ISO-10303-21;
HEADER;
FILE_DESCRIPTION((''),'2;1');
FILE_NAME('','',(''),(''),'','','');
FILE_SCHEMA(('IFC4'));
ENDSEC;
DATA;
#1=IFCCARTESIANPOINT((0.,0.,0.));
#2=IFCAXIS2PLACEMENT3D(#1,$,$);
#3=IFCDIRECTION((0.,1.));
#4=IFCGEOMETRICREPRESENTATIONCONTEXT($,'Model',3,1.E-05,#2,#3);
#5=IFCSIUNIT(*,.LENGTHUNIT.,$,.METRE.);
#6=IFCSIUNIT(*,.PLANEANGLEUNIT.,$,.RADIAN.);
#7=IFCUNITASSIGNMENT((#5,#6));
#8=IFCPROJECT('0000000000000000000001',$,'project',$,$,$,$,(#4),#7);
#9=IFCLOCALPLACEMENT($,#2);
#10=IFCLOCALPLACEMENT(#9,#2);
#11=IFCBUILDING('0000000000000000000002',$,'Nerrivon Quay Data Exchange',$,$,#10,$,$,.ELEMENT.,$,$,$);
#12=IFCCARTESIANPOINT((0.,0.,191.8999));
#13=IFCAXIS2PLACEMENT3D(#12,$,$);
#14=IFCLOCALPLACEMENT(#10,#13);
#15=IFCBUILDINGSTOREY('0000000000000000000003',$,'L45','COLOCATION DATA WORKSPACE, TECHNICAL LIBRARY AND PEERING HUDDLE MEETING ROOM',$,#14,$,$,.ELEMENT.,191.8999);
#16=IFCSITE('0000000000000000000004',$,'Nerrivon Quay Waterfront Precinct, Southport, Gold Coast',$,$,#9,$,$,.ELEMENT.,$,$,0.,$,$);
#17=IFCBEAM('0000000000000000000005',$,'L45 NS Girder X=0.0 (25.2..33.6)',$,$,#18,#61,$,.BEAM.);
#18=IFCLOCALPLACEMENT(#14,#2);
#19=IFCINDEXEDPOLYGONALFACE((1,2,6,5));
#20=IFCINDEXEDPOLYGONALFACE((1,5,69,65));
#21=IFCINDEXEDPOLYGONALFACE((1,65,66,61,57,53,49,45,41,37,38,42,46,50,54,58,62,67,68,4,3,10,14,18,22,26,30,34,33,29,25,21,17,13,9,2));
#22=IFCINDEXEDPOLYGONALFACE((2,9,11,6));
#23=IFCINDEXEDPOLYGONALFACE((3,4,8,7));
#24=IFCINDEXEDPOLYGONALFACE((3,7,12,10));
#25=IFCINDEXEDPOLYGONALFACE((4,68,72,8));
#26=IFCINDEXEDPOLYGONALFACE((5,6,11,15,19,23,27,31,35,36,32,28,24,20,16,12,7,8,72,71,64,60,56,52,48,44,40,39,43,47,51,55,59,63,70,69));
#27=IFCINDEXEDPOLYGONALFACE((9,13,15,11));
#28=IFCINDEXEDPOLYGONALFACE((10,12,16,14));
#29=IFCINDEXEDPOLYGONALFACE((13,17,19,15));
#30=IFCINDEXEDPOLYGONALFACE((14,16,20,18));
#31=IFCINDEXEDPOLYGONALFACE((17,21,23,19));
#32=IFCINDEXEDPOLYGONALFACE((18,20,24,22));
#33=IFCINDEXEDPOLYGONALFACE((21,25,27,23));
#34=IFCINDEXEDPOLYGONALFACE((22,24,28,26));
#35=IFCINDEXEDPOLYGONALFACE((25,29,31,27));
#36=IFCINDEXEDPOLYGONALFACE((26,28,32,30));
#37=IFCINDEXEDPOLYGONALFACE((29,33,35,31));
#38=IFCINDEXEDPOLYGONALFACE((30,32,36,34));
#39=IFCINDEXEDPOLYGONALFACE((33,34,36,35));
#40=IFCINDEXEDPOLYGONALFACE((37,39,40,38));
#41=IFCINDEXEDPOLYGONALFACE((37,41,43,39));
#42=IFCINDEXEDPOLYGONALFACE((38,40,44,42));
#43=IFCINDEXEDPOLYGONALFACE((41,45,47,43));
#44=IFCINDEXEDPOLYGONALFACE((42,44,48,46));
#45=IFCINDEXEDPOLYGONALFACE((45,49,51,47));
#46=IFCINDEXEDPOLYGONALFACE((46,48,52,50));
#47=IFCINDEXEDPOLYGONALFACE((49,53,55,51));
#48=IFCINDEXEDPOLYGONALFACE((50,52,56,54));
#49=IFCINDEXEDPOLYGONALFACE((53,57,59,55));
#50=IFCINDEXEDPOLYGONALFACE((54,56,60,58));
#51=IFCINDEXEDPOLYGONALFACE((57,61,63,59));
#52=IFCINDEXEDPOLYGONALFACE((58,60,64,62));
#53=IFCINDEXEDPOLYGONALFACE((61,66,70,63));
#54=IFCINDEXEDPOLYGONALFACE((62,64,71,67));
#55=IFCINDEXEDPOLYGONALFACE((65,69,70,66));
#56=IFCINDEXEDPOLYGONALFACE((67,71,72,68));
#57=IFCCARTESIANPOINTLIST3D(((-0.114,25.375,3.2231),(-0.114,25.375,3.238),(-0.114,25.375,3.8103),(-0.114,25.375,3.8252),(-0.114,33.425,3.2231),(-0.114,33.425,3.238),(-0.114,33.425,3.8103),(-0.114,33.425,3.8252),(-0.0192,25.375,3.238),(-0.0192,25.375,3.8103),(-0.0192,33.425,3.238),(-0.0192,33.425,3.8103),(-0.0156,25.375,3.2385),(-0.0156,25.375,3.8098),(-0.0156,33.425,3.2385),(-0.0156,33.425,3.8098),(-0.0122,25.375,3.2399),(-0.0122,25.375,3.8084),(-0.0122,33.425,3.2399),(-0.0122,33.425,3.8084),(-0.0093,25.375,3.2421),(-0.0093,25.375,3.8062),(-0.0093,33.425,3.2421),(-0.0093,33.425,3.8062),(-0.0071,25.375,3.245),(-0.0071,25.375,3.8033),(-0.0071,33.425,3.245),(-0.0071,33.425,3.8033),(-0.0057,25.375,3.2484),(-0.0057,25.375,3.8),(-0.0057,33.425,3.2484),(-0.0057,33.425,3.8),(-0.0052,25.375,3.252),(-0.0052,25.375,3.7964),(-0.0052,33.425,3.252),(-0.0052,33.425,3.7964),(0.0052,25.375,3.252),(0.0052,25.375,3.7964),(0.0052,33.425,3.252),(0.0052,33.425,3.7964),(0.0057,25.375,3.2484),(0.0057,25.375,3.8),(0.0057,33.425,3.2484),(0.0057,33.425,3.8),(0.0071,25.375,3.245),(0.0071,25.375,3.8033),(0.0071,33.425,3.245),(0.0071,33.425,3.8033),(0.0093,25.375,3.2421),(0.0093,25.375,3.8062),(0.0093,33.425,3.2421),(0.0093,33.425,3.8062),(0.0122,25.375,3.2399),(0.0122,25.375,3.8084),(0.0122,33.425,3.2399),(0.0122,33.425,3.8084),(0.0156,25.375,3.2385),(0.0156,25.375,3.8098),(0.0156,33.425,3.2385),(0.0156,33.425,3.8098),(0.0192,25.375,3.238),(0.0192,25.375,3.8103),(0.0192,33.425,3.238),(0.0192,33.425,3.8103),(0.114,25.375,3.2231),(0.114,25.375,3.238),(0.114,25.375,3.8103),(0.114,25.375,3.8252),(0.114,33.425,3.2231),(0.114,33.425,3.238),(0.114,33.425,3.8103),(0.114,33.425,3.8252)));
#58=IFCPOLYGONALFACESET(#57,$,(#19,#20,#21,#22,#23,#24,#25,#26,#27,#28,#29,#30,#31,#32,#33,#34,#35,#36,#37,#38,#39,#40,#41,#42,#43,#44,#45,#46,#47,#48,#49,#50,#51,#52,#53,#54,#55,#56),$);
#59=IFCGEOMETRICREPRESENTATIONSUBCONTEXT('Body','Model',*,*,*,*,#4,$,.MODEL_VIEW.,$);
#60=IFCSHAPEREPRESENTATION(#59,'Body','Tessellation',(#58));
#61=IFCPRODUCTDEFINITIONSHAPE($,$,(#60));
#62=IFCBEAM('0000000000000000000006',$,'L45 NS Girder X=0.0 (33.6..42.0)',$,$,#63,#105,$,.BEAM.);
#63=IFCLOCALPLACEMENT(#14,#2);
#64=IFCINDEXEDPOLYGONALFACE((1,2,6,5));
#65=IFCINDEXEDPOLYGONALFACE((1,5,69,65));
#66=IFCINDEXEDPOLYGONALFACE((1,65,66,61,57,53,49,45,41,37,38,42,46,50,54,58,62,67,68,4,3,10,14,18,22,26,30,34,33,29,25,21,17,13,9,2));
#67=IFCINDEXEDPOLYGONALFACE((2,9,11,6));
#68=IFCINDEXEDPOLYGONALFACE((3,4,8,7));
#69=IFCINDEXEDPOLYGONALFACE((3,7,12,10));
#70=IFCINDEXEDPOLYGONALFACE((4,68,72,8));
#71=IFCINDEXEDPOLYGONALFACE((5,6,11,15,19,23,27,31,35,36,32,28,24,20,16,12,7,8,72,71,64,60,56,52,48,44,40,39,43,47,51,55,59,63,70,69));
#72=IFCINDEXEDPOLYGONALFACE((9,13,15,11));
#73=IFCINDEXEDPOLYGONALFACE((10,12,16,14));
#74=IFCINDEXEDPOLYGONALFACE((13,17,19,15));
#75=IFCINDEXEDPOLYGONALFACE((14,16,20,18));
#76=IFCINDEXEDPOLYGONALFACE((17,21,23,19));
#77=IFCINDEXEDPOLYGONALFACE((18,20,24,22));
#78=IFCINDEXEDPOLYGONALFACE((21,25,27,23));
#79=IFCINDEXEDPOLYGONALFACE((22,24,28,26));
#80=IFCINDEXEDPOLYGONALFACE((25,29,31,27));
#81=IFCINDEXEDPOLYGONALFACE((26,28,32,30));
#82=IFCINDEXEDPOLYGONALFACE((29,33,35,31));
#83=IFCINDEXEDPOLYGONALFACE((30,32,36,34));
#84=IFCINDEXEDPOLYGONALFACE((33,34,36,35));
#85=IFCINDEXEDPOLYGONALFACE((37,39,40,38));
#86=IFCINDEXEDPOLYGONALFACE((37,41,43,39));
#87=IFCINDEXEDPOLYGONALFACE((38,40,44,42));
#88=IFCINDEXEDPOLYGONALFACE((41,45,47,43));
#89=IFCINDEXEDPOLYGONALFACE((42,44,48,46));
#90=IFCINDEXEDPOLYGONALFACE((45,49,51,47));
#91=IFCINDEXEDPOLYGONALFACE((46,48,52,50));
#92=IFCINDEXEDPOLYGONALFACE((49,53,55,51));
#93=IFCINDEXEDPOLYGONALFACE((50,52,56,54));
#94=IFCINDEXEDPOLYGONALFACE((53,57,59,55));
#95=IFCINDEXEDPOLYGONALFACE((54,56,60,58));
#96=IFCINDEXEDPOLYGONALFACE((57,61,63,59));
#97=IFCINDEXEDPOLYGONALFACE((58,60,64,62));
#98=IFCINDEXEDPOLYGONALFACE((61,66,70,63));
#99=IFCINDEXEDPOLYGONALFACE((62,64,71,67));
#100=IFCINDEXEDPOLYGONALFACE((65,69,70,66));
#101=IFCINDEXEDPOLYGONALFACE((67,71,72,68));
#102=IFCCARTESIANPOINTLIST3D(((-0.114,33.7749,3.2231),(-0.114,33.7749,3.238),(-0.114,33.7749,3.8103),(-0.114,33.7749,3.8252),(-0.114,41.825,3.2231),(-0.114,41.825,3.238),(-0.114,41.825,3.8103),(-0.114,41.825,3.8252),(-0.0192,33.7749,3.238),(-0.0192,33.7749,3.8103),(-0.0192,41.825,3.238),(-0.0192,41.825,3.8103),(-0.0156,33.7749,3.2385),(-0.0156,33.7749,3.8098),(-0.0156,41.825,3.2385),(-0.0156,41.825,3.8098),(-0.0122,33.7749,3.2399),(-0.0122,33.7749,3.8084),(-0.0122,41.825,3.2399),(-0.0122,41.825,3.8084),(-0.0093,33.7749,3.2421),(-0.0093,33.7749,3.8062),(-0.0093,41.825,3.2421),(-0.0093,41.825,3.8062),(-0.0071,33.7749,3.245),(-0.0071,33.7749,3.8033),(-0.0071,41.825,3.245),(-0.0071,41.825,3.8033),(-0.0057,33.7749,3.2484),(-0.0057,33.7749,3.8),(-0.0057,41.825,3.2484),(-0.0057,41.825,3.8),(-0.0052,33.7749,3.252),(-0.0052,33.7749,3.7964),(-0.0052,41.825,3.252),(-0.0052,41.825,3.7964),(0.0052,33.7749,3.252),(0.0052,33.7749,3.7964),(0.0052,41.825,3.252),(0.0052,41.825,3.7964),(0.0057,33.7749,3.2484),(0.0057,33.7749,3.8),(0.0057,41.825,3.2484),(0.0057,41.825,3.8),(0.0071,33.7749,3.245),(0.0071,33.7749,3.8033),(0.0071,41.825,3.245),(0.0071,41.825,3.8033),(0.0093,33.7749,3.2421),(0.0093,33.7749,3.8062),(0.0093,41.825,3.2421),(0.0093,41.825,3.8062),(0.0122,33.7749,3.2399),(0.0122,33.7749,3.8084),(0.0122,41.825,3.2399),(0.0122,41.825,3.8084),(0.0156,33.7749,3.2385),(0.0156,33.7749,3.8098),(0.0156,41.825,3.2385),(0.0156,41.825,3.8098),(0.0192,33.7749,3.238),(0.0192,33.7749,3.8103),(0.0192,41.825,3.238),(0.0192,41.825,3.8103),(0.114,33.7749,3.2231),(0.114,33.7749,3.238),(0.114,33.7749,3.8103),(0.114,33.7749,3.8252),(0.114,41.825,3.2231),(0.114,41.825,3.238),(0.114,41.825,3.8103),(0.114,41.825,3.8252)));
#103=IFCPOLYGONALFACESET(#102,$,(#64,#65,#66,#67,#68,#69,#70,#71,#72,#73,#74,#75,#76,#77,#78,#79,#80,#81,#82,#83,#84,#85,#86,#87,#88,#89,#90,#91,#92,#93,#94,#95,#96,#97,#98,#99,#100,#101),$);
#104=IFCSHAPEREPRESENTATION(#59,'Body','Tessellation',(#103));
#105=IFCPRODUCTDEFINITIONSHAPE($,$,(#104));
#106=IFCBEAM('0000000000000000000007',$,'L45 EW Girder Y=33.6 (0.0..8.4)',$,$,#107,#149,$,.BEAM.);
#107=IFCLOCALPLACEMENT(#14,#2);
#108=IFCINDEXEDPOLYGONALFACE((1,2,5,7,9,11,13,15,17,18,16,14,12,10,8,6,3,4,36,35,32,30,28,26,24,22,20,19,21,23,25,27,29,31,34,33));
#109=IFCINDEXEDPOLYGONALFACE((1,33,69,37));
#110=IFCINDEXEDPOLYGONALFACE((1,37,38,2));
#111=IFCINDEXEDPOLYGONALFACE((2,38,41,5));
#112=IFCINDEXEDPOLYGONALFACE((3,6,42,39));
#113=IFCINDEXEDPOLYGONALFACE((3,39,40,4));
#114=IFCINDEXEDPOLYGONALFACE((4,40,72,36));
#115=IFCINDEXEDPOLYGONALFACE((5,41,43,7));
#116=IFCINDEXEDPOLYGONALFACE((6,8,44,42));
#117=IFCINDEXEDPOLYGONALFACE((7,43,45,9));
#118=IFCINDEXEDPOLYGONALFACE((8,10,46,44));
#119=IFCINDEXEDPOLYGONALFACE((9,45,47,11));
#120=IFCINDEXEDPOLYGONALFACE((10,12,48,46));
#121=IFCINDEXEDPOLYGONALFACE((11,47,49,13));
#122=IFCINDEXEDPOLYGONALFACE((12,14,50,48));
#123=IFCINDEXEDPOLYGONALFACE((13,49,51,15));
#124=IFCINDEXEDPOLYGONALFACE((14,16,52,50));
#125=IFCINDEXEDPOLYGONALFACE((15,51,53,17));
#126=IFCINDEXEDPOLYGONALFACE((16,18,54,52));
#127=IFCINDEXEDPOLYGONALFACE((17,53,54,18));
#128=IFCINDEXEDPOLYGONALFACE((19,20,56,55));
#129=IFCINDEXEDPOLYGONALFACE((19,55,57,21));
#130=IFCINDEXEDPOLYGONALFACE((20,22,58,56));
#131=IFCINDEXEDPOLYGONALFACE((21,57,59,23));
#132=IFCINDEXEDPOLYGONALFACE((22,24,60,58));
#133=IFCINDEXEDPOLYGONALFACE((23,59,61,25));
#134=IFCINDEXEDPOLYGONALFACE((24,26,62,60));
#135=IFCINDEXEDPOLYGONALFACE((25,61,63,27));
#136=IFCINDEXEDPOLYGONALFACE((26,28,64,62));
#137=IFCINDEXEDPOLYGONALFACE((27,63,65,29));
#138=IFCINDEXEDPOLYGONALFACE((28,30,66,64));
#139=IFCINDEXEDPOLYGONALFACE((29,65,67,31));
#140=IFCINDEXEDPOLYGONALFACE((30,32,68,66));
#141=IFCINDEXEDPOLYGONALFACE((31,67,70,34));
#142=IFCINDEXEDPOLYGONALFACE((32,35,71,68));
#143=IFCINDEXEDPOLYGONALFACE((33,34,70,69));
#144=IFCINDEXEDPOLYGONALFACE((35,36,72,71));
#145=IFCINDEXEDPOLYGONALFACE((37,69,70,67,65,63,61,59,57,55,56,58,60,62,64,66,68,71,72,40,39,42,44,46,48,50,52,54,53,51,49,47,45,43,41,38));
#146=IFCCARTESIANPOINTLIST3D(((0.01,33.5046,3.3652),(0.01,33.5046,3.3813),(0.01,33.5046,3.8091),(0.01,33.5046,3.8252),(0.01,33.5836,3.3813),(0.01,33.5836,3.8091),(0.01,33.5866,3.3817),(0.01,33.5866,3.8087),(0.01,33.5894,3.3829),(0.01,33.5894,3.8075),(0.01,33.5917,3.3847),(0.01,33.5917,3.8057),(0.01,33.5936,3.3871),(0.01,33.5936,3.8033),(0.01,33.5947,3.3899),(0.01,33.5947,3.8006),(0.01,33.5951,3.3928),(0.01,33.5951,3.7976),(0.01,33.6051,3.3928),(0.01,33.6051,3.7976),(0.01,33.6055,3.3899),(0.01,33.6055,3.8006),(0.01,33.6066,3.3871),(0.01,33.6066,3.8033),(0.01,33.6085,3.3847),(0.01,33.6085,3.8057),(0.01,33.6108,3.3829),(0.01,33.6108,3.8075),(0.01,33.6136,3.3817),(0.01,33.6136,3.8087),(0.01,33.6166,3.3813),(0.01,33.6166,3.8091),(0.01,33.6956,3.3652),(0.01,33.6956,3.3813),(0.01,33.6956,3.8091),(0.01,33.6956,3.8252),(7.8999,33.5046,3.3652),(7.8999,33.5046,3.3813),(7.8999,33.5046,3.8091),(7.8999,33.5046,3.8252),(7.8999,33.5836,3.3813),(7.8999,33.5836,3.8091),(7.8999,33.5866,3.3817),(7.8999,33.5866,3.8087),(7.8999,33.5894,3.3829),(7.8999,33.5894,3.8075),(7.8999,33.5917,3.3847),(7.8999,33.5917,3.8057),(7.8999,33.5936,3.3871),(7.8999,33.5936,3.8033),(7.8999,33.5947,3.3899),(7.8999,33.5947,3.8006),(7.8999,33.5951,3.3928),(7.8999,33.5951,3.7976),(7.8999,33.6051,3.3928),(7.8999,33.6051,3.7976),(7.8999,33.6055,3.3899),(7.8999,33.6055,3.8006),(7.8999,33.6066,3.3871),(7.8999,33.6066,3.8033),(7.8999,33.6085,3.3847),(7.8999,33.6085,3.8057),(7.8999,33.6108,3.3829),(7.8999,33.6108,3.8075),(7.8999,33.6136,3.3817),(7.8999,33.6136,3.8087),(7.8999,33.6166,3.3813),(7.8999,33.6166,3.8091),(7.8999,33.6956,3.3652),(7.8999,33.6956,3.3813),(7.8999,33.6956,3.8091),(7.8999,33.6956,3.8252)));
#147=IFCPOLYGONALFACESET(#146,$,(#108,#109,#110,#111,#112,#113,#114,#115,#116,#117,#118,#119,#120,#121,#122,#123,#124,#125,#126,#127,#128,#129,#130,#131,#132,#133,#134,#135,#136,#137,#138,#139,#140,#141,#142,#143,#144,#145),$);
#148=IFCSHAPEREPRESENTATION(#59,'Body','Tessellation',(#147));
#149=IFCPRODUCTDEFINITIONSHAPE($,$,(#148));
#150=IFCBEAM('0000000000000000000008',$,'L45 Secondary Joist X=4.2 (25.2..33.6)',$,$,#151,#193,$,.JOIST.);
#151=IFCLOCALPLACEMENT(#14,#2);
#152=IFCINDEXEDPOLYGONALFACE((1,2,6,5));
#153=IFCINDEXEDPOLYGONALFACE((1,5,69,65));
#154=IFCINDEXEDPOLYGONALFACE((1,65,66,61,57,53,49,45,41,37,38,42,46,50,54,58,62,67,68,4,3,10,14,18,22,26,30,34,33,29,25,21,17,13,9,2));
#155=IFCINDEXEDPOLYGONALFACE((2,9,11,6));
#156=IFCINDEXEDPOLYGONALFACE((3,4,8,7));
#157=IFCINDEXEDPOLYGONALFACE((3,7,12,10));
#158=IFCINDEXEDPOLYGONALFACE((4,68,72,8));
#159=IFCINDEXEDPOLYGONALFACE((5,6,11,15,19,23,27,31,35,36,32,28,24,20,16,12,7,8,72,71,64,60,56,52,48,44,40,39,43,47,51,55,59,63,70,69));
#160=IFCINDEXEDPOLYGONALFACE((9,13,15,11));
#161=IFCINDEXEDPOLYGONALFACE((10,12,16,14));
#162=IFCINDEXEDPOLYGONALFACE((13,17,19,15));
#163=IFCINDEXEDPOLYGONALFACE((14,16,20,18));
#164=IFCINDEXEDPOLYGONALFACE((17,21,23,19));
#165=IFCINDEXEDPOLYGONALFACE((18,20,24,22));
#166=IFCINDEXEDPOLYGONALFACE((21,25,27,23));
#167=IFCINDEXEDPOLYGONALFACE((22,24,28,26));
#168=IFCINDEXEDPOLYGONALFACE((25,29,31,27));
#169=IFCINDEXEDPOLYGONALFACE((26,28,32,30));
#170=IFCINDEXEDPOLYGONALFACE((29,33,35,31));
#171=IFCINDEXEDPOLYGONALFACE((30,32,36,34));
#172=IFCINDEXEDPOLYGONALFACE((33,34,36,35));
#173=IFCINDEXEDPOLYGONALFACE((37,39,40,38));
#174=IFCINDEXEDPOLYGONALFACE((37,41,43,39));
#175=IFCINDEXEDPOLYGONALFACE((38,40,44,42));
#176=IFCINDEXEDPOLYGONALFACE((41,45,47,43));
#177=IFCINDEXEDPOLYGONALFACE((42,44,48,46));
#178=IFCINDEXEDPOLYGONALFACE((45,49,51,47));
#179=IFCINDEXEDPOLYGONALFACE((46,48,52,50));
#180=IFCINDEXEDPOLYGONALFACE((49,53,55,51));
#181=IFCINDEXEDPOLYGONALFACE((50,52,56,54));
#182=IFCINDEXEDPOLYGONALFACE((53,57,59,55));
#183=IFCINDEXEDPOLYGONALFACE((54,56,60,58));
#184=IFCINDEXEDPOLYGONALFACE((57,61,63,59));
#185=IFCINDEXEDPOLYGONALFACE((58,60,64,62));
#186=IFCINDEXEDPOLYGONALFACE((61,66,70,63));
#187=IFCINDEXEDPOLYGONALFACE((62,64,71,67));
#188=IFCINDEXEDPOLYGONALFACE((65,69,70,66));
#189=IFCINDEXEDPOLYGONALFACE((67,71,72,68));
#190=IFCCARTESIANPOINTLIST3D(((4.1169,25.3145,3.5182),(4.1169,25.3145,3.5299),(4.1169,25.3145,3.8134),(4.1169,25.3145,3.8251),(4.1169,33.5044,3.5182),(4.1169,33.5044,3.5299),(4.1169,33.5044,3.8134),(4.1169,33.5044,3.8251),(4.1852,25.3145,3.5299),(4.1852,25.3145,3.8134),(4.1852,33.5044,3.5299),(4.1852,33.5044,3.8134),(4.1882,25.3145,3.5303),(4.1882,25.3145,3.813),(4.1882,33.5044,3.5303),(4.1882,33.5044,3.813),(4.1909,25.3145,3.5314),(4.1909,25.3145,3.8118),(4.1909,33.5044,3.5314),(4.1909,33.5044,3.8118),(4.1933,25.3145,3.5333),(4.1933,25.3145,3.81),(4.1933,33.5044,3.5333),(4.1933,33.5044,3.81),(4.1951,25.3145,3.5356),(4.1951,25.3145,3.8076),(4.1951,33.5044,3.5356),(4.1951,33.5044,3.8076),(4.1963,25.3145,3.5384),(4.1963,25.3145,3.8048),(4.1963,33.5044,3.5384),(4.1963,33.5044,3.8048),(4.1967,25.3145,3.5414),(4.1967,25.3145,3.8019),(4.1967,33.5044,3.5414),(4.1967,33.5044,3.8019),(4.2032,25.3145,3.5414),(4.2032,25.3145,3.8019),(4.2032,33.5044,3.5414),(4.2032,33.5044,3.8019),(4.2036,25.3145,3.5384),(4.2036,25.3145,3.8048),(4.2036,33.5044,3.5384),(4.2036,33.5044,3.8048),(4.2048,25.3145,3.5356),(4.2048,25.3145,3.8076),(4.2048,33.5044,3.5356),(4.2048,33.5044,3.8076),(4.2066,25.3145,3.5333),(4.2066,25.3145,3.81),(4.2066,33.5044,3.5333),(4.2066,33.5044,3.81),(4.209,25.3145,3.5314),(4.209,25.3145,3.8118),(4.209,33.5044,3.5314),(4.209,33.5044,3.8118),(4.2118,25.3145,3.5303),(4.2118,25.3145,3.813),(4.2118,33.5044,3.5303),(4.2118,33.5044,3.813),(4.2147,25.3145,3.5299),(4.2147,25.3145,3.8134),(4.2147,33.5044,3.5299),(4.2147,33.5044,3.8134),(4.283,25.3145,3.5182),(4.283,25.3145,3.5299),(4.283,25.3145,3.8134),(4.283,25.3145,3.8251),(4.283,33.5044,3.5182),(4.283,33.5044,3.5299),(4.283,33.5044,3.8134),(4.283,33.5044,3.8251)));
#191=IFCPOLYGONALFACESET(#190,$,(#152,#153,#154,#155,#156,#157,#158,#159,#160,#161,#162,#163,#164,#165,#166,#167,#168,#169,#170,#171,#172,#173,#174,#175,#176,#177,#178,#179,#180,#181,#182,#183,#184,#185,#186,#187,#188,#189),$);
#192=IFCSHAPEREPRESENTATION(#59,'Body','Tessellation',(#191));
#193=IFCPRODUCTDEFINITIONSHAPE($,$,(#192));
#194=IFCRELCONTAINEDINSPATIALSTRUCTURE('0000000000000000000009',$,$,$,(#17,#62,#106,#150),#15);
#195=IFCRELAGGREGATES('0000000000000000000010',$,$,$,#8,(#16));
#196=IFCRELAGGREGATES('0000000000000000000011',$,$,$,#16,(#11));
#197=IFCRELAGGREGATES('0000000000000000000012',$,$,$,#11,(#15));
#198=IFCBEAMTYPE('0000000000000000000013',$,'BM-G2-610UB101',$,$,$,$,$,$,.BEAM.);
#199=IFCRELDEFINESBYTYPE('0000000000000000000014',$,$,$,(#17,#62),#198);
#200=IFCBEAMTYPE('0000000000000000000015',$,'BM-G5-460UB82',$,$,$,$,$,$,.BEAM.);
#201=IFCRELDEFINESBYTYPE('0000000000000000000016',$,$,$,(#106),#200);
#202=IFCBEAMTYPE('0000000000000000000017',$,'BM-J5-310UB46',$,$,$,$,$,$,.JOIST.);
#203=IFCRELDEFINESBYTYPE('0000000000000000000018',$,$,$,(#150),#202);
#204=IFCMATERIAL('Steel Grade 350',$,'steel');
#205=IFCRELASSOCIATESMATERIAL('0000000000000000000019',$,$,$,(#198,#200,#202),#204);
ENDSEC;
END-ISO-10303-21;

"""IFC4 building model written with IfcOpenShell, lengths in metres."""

from ifc_helpers import new_model, si_unit, direction, frame, origin, origin_2d, place, context, subcontext, project, spatial, i_section, extrude, material, material_profile, profile_set, type_object, element, save


model = new_model("IFC4")

# Units and contexts
model_context = context("Model", 3, precision=1e-05, world=origin(), true_north=direction((0.0, 1.0)))
body_context = subcontext(model_context, "Body", "Model", "MODEL_VIEW")
ifc_project = project(units=[si_unit("LENGTHUNIT", "METRE"), si_unit("PLANEANGLEUNIT", "RADIAN")], contexts=[model_context])

# Site, building, storey
site_placement = place(None, origin())
site = spatial("IfcSite", under=ifc_project, at=site_placement, Name="Nerrivon Quay Waterfront Precinct, Southport, Gold Coast", CompositionType="ELEMENT", RefElevation=0.0)
building_placement = place(site_placement, origin())
building = spatial("IfcBuilding", under=site, at=building_placement, Name="Nerrivon Quay Data Exchange", CompositionType="ELEMENT")
storey_placement = place(building_placement, frame((0.0, 0.0, 191.8999)))
storey = spatial("IfcBuildingStorey", under=building, at=storey_placement, Name="L45", Description="COLOCATION DATA WORKSPACE, TECHNICAL LIBRARY AND PEERING HUDDLE MEETING ROOM", CompositionType="ELEMENT", Elevation=191.8999)

# Shared definitions
ifc_material_1 = material(Name="Steel Grade 350", Category="steel")

# Beams
ifc_material_profile_1 = material_profile(ifc_material_1, i_section(OverallWidth=0.228, OverallDepth=0.6021, WebThickness=0.0105, FlangeThickness=0.0149, FilletRadius=0.0139, at=origin_2d()), Name="610UB101")
ifc_profile_set_1 = profile_set([ifc_material_profile_1], Name="Steel Grade 350")
beam_type_1 = type_object("IfcBeamType", Name="BM-G2-610UB101", PredefinedType="BEAM", material=ifc_profile_set_1)
for number, where, z_axis, x_axis, name in (
    (1, (0.0, 25.375, 3.5242), (0.0, 1.0, 0.0), (-1.0, 0.0, 0.0), "L45 NS Girder X=0.0 (25.2..33.6)"),
    (2, (0.0, 33.7749, 3.5242), (0.0, 1.0, 0.0), (-1.0, 0.0, 0.0), "L45 NS Girder X=0.0 (33.6..42.0)"),
):
    element("IfcBeam", number, at=place(storey_placement, frame(where, z_axis=z_axis, x_axis=x_axis)), inside=storey, type_object=beam_type_1, Name=name, PredefinedType="BEAM", context=body_context, shape_type="SweptSolid", body=[
        extrude(i_section(OverallWidth=0.228, OverallDepth=0.6021, WebThickness=0.0105, FlangeThickness=0.0149, FilletRadius=0.0139, at=origin_2d()), origin(), (0.0, 0.0, 1.0), 8.05),
    ])
ifc_material_profile_2 = material_profile(ifc_material_1, i_section(OverallWidth=0.1909, OverallDepth=0.46, WebThickness=0.01, FlangeThickness=0.0161, FilletRadius=0.0115, at=origin_2d()), Name="460UB82.1")
ifc_profile_set_2 = profile_set([ifc_material_profile_2], Name="Steel Grade 350")
beam_type_2 = type_object("IfcBeamType", Name="BM-G5-460UB82", PredefinedType="BEAM", material=ifc_profile_set_2)
beam_1_placement = place(storey_placement, frame((0.01, 33.6001, 3.5952), z_axis=(1.0, 0.0, 0.0), x_axis=(0.0, 1.0, 0.0)))
element("IfcBeam", 3, at=beam_1_placement, inside=storey, type_object=beam_type_2, Name="L45 EW Girder Y=33.6 (0.0..8.4)", PredefinedType="BEAM", context=body_context, shape_type="SweptSolid", body=[
    extrude(i_section(OverallWidth=0.1909, OverallDepth=0.46, WebThickness=0.01, FlangeThickness=0.0161, FilletRadius=0.0115, at=origin_2d()), origin(), (0.0, 0.0, 1.0), 7.8899),
])
ifc_material_profile_3 = material_profile(ifc_material_1, i_section(OverallWidth=0.166, OverallDepth=0.3069, WebThickness=0.0066, FlangeThickness=0.0117, FilletRadius=0.0115, at=origin_2d()), Name="310UB46.2")
ifc_profile_set_3 = profile_set([ifc_material_profile_3], Name="Steel Grade 350")
beam_type_3 = type_object("IfcBeamType", Name="BM-J5-310UB46", PredefinedType="JOIST", material=ifc_profile_set_3)
beam_2_placement = place(storey_placement, frame((4.2, 25.3145, 3.6716), z_axis=(0.0, 1.0, 0.0), x_axis=(-1.0, 0.0, 0.0)))
element("IfcBeam", 4, at=beam_2_placement, inside=storey, type_object=beam_type_3, Name="L45 Secondary Joist X=4.2 (25.2..33.6)", PredefinedType="JOIST", context=body_context, shape_type="SweptSolid", body=[
    extrude(i_section(OverallWidth=0.166, OverallDepth=0.3069, WebThickness=0.0066, FlangeThickness=0.0117, FilletRadius=0.0115, at=origin_2d()), origin(), (0.0, 0.0, 1.0), 8.1899),
])

save(model, "model.ifc")
